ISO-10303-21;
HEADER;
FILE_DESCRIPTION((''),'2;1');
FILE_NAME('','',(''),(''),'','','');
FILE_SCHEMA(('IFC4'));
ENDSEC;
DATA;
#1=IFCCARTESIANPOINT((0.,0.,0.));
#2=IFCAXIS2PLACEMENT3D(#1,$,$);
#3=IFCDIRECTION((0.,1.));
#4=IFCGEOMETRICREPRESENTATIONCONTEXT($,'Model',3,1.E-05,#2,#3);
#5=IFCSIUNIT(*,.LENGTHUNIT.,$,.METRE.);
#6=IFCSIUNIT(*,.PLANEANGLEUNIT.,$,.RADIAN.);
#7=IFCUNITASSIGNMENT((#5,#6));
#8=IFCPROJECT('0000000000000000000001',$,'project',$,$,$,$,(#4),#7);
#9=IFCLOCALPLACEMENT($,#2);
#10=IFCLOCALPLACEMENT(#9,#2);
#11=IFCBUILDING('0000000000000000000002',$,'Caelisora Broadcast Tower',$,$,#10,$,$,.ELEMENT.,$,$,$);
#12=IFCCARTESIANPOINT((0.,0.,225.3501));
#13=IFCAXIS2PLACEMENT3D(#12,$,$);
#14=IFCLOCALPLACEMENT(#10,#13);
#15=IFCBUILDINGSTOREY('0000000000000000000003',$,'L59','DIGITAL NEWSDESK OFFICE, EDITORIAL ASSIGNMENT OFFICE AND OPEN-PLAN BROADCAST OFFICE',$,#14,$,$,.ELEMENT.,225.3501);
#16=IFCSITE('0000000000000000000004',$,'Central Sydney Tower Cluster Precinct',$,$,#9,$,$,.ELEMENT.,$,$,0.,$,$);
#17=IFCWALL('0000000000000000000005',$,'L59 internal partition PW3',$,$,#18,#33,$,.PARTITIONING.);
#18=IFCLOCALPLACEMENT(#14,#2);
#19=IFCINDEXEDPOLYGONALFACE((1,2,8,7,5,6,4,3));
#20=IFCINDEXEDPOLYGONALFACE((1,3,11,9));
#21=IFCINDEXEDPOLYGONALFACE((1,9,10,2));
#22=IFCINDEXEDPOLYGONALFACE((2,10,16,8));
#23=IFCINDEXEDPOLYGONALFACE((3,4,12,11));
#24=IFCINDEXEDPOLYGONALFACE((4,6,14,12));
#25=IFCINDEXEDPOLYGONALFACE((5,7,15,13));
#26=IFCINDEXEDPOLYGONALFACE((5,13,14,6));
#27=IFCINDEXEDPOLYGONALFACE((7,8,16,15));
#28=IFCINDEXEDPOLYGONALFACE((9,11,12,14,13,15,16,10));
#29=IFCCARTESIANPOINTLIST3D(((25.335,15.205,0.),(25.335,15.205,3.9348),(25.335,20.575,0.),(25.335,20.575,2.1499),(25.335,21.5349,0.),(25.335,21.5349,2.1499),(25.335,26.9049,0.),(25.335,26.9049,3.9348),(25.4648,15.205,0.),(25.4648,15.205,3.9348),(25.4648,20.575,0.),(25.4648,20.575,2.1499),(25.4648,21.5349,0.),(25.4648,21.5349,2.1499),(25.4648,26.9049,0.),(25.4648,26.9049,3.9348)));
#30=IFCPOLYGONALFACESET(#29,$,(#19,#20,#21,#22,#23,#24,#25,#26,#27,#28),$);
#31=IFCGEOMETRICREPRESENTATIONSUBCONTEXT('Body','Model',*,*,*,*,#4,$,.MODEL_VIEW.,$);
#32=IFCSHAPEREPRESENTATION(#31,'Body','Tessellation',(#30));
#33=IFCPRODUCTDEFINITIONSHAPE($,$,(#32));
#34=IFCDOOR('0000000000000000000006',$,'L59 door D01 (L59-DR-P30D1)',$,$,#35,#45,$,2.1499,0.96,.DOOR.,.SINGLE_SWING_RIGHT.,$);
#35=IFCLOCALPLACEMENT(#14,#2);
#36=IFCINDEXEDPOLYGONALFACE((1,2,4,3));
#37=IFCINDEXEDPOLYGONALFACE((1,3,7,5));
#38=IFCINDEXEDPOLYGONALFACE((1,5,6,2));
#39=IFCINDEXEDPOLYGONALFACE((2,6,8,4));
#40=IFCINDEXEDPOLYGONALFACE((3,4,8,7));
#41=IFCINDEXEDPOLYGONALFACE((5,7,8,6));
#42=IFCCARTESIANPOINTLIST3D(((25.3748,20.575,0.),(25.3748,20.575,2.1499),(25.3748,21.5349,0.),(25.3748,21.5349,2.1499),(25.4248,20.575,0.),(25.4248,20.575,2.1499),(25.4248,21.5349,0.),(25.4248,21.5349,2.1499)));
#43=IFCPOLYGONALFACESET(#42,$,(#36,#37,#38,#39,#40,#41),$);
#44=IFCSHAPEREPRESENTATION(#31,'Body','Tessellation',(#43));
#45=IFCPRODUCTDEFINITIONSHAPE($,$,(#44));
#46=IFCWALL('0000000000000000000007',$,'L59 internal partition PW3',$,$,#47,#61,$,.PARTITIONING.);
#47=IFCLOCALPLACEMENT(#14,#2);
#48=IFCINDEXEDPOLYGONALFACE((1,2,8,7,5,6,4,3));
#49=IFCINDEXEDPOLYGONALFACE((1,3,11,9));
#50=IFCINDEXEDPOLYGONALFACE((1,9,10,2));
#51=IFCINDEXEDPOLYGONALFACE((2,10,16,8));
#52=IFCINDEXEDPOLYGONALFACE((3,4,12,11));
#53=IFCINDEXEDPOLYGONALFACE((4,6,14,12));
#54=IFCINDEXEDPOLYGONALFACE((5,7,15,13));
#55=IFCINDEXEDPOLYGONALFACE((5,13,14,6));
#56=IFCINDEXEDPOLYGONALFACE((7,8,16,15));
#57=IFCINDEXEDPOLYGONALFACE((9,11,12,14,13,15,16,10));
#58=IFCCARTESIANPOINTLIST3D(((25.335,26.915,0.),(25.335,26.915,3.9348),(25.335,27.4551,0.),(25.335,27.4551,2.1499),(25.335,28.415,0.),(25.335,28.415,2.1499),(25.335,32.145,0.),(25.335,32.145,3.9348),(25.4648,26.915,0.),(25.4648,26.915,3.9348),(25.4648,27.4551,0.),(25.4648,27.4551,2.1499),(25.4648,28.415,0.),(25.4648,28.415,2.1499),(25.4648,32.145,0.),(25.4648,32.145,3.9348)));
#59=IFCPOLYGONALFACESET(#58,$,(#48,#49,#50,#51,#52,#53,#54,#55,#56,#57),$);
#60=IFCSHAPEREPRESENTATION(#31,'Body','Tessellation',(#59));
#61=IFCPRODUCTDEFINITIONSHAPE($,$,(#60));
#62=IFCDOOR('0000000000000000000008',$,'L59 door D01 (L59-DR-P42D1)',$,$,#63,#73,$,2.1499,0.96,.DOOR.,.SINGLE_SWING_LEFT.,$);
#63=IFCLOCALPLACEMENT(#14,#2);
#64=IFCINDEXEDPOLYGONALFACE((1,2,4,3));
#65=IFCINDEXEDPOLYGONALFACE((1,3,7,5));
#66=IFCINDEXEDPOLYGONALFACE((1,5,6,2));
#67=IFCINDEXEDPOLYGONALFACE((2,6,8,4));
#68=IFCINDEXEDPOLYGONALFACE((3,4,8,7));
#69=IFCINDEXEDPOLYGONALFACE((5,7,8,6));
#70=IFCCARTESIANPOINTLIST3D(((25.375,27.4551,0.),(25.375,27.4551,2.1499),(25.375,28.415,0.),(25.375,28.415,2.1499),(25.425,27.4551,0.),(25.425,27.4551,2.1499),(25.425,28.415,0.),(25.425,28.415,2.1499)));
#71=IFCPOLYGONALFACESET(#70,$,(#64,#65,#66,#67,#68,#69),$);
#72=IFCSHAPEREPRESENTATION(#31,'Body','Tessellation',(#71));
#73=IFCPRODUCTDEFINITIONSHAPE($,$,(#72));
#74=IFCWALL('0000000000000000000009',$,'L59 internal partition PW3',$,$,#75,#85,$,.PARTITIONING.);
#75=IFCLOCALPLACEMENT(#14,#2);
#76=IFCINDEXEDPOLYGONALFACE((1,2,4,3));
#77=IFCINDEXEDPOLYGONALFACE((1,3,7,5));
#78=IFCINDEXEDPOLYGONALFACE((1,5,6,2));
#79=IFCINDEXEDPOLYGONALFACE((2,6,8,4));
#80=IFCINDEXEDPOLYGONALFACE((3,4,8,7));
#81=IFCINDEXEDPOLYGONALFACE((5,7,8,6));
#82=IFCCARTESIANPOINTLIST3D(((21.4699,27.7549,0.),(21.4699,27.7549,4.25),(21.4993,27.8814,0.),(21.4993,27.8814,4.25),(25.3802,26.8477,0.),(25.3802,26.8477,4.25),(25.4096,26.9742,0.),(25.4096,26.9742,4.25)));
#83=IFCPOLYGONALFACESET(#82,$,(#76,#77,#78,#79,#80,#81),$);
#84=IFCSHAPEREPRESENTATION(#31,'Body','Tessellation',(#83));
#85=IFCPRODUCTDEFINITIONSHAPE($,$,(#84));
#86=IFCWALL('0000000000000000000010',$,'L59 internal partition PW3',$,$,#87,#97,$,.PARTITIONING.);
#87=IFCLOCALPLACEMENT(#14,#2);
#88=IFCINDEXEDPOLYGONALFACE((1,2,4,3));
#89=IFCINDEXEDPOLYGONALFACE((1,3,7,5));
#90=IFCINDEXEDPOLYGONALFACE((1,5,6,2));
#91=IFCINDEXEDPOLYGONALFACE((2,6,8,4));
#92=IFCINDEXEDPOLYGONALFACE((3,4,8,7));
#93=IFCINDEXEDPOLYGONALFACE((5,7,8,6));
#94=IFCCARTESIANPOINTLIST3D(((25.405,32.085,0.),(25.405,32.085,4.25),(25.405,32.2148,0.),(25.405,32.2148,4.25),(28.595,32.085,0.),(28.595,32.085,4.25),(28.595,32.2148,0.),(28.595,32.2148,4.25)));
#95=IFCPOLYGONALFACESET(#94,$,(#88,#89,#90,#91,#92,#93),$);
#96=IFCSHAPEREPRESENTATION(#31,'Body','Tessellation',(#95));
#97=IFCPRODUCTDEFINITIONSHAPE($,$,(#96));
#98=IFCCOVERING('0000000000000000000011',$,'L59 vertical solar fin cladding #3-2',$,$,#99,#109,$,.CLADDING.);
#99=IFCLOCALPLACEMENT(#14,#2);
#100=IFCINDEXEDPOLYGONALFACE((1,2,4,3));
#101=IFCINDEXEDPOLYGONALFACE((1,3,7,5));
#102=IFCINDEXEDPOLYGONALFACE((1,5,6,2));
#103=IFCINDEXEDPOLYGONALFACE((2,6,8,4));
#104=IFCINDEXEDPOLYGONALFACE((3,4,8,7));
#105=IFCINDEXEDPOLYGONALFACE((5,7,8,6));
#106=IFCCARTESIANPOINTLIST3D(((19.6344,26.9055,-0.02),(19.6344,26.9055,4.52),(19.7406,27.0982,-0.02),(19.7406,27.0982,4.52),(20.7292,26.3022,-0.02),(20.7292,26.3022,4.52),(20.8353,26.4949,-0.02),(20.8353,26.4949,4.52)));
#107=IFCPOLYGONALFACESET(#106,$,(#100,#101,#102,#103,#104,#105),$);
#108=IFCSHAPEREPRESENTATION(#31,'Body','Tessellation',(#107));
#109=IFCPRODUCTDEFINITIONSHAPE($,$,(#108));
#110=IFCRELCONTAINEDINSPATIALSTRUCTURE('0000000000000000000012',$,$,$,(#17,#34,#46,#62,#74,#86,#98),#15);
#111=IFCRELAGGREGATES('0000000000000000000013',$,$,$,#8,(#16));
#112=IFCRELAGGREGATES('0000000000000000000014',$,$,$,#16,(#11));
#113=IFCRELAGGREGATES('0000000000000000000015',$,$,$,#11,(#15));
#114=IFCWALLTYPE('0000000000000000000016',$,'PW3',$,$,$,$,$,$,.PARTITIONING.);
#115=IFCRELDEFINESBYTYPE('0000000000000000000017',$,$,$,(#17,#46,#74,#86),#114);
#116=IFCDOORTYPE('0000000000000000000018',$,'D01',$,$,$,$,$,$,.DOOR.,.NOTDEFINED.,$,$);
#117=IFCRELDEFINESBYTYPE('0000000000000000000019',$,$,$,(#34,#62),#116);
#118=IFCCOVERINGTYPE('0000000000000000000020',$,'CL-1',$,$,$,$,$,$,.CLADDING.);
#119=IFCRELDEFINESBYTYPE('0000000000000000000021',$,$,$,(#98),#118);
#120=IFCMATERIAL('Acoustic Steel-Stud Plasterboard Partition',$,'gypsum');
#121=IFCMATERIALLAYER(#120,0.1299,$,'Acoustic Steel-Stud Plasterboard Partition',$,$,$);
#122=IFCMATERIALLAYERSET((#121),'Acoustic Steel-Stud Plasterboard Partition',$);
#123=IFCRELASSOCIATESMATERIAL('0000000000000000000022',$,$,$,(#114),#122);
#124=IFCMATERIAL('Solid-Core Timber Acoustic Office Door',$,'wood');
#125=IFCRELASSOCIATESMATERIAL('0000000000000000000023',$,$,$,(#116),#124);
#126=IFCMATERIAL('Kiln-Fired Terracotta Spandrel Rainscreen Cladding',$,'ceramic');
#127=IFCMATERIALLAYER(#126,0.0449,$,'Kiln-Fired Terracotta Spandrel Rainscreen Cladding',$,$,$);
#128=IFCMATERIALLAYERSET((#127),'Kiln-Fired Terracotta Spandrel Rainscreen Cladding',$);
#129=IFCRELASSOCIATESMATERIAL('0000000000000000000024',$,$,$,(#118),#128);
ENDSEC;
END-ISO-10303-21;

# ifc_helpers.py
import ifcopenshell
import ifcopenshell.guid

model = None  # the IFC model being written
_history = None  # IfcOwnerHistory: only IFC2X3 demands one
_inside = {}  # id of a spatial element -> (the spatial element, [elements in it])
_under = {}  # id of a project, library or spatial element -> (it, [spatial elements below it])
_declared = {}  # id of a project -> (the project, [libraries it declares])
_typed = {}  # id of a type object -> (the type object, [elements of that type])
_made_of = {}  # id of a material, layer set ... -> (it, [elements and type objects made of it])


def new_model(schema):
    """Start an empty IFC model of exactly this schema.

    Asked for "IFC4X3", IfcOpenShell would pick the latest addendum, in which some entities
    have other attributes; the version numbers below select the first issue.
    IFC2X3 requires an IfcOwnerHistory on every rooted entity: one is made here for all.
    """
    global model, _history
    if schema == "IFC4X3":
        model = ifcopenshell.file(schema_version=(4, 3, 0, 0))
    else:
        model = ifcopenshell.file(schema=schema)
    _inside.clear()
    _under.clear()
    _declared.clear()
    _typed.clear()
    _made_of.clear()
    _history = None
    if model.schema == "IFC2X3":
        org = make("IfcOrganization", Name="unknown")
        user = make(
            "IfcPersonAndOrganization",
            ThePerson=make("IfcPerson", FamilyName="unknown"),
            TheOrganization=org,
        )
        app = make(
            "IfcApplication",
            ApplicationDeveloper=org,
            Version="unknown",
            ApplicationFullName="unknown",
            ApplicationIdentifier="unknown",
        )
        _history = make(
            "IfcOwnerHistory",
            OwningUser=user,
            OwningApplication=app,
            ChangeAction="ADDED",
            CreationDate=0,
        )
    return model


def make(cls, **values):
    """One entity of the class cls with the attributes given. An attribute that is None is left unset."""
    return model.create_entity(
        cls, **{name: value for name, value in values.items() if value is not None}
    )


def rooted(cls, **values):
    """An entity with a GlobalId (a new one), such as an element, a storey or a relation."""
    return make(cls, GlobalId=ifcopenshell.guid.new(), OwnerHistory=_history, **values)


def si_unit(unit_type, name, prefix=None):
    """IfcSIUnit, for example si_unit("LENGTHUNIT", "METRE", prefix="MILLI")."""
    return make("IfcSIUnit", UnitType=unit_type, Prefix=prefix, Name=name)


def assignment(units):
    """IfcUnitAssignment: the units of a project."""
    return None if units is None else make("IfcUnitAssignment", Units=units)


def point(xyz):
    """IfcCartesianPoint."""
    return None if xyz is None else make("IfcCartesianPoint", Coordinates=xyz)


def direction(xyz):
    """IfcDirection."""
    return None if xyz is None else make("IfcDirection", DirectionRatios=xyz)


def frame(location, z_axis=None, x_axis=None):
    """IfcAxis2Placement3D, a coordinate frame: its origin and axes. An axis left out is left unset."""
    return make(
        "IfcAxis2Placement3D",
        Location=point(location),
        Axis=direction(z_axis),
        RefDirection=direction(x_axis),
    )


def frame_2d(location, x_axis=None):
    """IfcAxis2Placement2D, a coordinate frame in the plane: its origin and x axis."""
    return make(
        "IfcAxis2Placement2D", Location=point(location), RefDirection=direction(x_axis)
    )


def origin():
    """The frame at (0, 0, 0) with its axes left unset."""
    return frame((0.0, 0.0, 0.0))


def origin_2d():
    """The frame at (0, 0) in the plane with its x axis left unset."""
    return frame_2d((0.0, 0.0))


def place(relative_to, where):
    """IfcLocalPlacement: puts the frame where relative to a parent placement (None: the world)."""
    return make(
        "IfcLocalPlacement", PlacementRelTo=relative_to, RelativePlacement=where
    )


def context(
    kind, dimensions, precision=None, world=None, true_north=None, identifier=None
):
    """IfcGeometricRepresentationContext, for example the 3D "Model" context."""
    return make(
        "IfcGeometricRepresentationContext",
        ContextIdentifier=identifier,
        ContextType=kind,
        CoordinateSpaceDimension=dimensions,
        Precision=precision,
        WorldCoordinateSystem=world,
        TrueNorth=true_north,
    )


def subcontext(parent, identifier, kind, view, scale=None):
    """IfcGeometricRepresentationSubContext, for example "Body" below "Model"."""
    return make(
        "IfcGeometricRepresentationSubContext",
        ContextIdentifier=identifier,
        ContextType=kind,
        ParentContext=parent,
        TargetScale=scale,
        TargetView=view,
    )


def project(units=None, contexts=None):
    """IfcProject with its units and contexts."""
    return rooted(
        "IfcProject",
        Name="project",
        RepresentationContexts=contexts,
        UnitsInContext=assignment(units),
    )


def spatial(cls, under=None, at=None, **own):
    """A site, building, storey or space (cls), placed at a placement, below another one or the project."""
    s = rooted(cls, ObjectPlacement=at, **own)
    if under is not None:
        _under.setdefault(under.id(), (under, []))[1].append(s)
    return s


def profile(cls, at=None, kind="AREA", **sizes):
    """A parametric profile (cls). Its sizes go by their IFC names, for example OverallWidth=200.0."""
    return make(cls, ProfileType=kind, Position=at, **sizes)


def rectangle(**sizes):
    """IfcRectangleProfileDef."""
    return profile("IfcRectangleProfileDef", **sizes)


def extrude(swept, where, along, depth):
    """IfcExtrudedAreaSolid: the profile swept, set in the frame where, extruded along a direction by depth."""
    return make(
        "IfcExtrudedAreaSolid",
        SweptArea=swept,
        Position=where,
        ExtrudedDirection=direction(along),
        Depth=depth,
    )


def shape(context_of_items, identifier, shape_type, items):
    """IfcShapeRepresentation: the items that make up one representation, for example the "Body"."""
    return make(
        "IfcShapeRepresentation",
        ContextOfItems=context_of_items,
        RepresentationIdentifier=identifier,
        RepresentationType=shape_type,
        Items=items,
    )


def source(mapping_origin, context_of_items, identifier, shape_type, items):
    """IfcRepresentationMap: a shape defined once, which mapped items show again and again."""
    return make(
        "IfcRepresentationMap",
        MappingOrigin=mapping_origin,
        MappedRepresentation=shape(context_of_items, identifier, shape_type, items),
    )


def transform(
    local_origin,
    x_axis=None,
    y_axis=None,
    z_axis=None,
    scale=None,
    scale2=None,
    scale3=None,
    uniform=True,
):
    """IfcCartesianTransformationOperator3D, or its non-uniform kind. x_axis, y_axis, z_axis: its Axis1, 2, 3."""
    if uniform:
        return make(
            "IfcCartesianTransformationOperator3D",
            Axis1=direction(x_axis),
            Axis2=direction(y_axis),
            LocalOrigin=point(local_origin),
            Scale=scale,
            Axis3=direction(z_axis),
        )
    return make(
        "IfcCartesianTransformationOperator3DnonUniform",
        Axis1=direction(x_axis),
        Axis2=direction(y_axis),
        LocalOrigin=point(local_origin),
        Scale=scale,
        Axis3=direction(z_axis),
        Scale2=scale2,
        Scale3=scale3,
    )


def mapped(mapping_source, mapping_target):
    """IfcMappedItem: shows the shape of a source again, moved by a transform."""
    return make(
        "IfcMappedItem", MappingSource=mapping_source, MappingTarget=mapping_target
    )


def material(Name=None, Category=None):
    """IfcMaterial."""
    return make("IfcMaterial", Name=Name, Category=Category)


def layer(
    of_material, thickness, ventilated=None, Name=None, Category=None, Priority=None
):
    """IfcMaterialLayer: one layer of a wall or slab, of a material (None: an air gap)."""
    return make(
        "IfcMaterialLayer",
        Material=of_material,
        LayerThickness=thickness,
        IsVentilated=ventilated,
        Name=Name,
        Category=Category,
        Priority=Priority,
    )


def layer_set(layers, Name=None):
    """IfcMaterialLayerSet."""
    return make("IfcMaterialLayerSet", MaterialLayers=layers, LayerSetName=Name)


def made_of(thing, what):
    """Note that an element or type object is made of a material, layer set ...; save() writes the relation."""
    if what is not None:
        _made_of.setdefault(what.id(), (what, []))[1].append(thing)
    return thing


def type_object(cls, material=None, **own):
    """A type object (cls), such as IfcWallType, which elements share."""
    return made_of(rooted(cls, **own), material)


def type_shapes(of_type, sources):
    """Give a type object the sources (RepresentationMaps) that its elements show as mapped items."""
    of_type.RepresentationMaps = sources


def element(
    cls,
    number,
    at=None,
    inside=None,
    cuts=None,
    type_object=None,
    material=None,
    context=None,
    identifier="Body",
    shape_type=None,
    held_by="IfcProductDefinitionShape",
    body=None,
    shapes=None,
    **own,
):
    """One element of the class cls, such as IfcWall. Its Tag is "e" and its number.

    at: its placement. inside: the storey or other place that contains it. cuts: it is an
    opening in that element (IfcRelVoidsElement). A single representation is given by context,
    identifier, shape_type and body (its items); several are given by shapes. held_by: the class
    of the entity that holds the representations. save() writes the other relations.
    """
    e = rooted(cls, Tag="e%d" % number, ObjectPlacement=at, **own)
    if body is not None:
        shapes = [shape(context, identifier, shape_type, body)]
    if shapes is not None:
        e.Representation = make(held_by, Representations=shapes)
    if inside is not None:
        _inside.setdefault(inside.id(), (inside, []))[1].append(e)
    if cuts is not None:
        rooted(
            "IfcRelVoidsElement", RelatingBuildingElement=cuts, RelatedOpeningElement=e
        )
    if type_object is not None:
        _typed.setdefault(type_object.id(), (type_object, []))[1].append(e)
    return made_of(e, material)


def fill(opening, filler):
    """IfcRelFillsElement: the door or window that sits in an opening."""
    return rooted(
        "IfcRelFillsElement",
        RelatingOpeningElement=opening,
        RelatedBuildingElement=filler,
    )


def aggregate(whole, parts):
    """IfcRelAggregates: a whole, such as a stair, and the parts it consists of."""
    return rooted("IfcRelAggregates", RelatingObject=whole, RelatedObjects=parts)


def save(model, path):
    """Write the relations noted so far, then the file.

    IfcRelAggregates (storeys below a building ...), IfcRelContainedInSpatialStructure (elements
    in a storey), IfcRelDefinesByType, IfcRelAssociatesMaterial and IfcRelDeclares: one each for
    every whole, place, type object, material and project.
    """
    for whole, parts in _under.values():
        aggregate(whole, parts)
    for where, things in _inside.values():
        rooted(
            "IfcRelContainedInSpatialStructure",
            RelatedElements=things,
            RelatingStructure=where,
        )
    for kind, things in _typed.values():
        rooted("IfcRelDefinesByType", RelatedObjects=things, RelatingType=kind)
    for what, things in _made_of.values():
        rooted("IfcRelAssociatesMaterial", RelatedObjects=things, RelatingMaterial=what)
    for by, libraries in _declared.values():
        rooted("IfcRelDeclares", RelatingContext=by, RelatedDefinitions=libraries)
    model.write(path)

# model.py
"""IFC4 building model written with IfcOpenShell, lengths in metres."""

from ifc_helpers import new_model, si_unit, direction, frame, frame_2d, origin, origin_2d, place, context, subcontext, project, spatial, rectangle, extrude, source, transform, mapped, material, layer, layer_set, type_object, type_shapes, element, fill, save


model = new_model("IFC4")

# Units and contexts
model_context = context("Model", 3, precision=1e-05, world=origin(), true_north=direction((0.0, 1.0)))
body_context = subcontext(model_context, "Body", "Model", "MODEL_VIEW")
ifc_project = project(units=[si_unit("LENGTHUNIT", "METRE"), si_unit("PLANEANGLEUNIT", "RADIAN")], contexts=[model_context])

# Site, building, storey
site_placement = place(None, origin())
site = spatial("IfcSite", under=ifc_project, at=site_placement, Name="Central Sydney Tower Cluster Precinct", CompositionType="ELEMENT", RefElevation=0.0)
building_placement = place(site_placement, origin())
building = spatial("IfcBuilding", under=site, at=building_placement, Name="Caelisora Broadcast Tower", CompositionType="ELEMENT")
storey_placement = place(building_placement, frame((0.0, 0.0, 225.3501)))
storey = spatial("IfcBuildingStorey", under=building, at=storey_placement, Name="L59", Description="DIGITAL NEWSDESK OFFICE, EDITORIAL ASSIGNMENT OFFICE AND OPEN-PLAN BROADCAST OFFICE", CompositionType="ELEMENT", Elevation=225.3501)

# Walls, openings, doors
ifc_material_1 = material(Name="Acoustic Steel-Stud Plasterboard Partition", Category="gypsum")
ifc_layer_1 = layer(ifc_material_1, 0.1299, Name="Acoustic Steel-Stud Plasterboard Partition")
ifc_layer_set_1 = layer_set([ifc_layer_1], Name="Acoustic Steel-Stud Plasterboard Partition")
wall_type = type_object("IfcWallType", Name="PW3", PredefinedType="PARTITIONING", material=ifc_layer_set_1)
wall_1_placement = place(storey_placement, frame((25.3999, 26.905, 0.0), z_axis=(0.0, 0.0, 1.0), x_axis=(0.0, -1.0, 0.0)))
wall_1 = element("IfcWall", 1, at=wall_1_placement, inside=storey, type_object=wall_type, Name="L59 internal partition PW3", PredefinedType="PARTITIONING", context=body_context, shape_type="SweptSolid", body=[
    extrude(rectangle(XDim=11.7, YDim=0.1299, at=frame_2d((5.8501, 0.0))), origin(), (0.0, 0.0, 1.0), 3.9348),
])
opening_1_placement = place(wall_1_placement, frame((5.3701, 0.0, 0.0)))
opening_1 = element("IfcOpeningElement", 2, at=opening_1_placement, cuts=wall_1, PredefinedType="OPENING", context=body_context, shape_type="SweptSolid", body=[
    extrude(rectangle(XDim=0.96, YDim=2.1499, at=frame_2d((0.48, 1.075))), frame((0.0, 0.0769, 0.0), z_axis=(0.0, -1.0, 0.0), x_axis=(1.0, 0.0, 0.0)), (0.0, 0.0, 1.0), 0.1538),
])
ifc_material_2 = material(Name="Solid-Core Timber Acoustic Office Door", Category="wood")
door_type = type_object("IfcDoorType", Name="D01", OperationType="NOTDEFINED", PredefinedType="DOOR", material=ifc_material_2)
door_1_placement = place(opening_1_placement, origin())
door_1 = element("IfcDoor", 3, at=door_1_placement, inside=storey, type_object=door_type, Name="L59 door D01 (L59-DR-P30D1)", OperationType="SINGLE_SWING_RIGHT", OverallHeight=2.1499, OverallWidth=0.96, PredefinedType="DOOR", context=body_context, shape_type="SweptSolid", body=[
    extrude(rectangle(XDim=0.96, YDim=2.1499, at=frame_2d((0.48, 1.075))), frame((0.0, 0.0249, 0.0), z_axis=(0.0, -1.0, 0.0), x_axis=(1.0, 0.0, 0.0)), (0.0, 0.0, 1.0), 0.05),
])
fill(opening_1, door_1)
wall_2_placement = place(storey_placement, frame((25.3999, 26.915, 0.0), z_axis=(0.0, 0.0, 1.0), x_axis=(0.0, 1.0, 0.0)))
wall_2 = element("IfcWall", 4, at=wall_2_placement, inside=storey, type_object=wall_type, Name="L59 internal partition PW3", PredefinedType="PARTITIONING", context=body_context, shape_type="SweptSolid", body=[
    extrude(rectangle(XDim=5.23, YDim=0.1299, at=frame_2d((2.615, 0.0))), origin(), (0.0, 0.0, 1.0), 3.9348),
])
opening_2_placement = place(wall_2_placement, frame((0.54, 0.0, 0.0)))
opening_2 = element("IfcOpeningElement", 5, at=opening_2_placement, cuts=wall_2, PredefinedType="OPENING", context=body_context, shape_type="SweptSolid", body=[
    extrude(rectangle(XDim=0.96, YDim=2.1499, at=frame_2d((0.48, 1.075))), frame((0.0, 0.0769, 0.0), z_axis=(0.0, -1.0, 0.0), x_axis=(1.0, 0.0, 0.0)), (0.0, 0.0, 1.0), 0.1538),
])
door_2_placement = place(opening_2_placement, origin())
door_2 = element("IfcDoor", 6, at=door_2_placement, inside=storey, type_object=door_type, Name="L59 door D01 (L59-DR-P42D1)", OperationType="SINGLE_SWING_LEFT", OverallHeight=2.1499, OverallWidth=0.96, PredefinedType="DOOR", context=body_context, shape_type="SweptSolid", body=[
    extrude(rectangle(XDim=0.96, YDim=2.1499, at=frame_2d((0.48, 1.075))), frame((0.0, 0.0249, 0.0), z_axis=(0.0, -1.0, 0.0), x_axis=(1.0, 0.0, 0.0)), (0.0, 0.0, 1.0), 0.05),
])
fill(opening_2, door_2)

# Walls
wall_3_placement = place(storey_placement, frame((21.4846, 27.8181, 0.0), z_axis=(0.0, 0.0, 1.0), x_axis=(0.974127, -0.226001, 0.0)))
element("IfcWall", 7, at=wall_3_placement, inside=storey, type_object=wall_type, Name="L59 internal partition PW3", PredefinedType="PARTITIONING", context=body_context, shape_type="SweptSolid", body=[
    extrude(rectangle(XDim=4.0142, YDim=0.1299, at=frame_2d((2.0071, 0.0))), origin(), (0.0, 0.0, 1.0), 4.25),
])
wall_4_placement = place(storey_placement, frame((25.405, 32.1499, 0.0), z_axis=(0.0, 0.0, 1.0), x_axis=(1.0, 0.0, 0.0)))
element("IfcWall", 8, at=wall_4_placement, inside=storey, type_object=wall_type, Name="L59 internal partition PW3", PredefinedType="PARTITIONING", context=body_context, shape_type="SweptSolid", body=[
    extrude(rectangle(XDim=3.1899, YDim=0.1299, at=frame_2d((1.595, 0.0))), origin(), (0.0, 0.0, 1.0), 4.25),
])

# Covering
ifc_material_3 = material(Name="Kiln-Fired Terracotta Spandrel Rainscreen Cladding", Category="ceramic")
ifc_layer_2 = layer(ifc_material_3, 0.0449, Name="Kiln-Fired Terracotta Spandrel Rainscreen Cladding")
ifc_layer_set_2 = layer_set([ifc_layer_2], Name="Kiln-Fired Terracotta Spandrel Rainscreen Cladding")
covering_type = type_object("IfcCoveringType", Name="CL-1", PredefinedType="CLADDING", material=ifc_layer_set_2)
shared_shape_1 = source(origin(), body_context, "Body", "SweptSolid", [
    extrude(rectangle(XDim=0.22, YDim=1.25, at=origin_2d()), origin(), (0.0, 0.0, 1.0), 4.54),
])
type_shapes(covering_type, [shared_shape_1])
covering_placement = place(storey_placement, frame((20.2349, 26.7002, -0.02), z_axis=(0.0, 0.0, 1.0), x_axis=(0.482671, 0.875802, 0.0)))
element("IfcCovering", 9, at=covering_placement, inside=storey, type_object=covering_type, Name="L59 vertical solar fin cladding #3-2", PredefinedType="CLADDING", context=body_context, shape_type="MappedRepresentation", body=[
    mapped(shared_shape_1, transform((0.0, 0.0, 0.0), scale=1.0)),
])

save(model, "model.ifc")
